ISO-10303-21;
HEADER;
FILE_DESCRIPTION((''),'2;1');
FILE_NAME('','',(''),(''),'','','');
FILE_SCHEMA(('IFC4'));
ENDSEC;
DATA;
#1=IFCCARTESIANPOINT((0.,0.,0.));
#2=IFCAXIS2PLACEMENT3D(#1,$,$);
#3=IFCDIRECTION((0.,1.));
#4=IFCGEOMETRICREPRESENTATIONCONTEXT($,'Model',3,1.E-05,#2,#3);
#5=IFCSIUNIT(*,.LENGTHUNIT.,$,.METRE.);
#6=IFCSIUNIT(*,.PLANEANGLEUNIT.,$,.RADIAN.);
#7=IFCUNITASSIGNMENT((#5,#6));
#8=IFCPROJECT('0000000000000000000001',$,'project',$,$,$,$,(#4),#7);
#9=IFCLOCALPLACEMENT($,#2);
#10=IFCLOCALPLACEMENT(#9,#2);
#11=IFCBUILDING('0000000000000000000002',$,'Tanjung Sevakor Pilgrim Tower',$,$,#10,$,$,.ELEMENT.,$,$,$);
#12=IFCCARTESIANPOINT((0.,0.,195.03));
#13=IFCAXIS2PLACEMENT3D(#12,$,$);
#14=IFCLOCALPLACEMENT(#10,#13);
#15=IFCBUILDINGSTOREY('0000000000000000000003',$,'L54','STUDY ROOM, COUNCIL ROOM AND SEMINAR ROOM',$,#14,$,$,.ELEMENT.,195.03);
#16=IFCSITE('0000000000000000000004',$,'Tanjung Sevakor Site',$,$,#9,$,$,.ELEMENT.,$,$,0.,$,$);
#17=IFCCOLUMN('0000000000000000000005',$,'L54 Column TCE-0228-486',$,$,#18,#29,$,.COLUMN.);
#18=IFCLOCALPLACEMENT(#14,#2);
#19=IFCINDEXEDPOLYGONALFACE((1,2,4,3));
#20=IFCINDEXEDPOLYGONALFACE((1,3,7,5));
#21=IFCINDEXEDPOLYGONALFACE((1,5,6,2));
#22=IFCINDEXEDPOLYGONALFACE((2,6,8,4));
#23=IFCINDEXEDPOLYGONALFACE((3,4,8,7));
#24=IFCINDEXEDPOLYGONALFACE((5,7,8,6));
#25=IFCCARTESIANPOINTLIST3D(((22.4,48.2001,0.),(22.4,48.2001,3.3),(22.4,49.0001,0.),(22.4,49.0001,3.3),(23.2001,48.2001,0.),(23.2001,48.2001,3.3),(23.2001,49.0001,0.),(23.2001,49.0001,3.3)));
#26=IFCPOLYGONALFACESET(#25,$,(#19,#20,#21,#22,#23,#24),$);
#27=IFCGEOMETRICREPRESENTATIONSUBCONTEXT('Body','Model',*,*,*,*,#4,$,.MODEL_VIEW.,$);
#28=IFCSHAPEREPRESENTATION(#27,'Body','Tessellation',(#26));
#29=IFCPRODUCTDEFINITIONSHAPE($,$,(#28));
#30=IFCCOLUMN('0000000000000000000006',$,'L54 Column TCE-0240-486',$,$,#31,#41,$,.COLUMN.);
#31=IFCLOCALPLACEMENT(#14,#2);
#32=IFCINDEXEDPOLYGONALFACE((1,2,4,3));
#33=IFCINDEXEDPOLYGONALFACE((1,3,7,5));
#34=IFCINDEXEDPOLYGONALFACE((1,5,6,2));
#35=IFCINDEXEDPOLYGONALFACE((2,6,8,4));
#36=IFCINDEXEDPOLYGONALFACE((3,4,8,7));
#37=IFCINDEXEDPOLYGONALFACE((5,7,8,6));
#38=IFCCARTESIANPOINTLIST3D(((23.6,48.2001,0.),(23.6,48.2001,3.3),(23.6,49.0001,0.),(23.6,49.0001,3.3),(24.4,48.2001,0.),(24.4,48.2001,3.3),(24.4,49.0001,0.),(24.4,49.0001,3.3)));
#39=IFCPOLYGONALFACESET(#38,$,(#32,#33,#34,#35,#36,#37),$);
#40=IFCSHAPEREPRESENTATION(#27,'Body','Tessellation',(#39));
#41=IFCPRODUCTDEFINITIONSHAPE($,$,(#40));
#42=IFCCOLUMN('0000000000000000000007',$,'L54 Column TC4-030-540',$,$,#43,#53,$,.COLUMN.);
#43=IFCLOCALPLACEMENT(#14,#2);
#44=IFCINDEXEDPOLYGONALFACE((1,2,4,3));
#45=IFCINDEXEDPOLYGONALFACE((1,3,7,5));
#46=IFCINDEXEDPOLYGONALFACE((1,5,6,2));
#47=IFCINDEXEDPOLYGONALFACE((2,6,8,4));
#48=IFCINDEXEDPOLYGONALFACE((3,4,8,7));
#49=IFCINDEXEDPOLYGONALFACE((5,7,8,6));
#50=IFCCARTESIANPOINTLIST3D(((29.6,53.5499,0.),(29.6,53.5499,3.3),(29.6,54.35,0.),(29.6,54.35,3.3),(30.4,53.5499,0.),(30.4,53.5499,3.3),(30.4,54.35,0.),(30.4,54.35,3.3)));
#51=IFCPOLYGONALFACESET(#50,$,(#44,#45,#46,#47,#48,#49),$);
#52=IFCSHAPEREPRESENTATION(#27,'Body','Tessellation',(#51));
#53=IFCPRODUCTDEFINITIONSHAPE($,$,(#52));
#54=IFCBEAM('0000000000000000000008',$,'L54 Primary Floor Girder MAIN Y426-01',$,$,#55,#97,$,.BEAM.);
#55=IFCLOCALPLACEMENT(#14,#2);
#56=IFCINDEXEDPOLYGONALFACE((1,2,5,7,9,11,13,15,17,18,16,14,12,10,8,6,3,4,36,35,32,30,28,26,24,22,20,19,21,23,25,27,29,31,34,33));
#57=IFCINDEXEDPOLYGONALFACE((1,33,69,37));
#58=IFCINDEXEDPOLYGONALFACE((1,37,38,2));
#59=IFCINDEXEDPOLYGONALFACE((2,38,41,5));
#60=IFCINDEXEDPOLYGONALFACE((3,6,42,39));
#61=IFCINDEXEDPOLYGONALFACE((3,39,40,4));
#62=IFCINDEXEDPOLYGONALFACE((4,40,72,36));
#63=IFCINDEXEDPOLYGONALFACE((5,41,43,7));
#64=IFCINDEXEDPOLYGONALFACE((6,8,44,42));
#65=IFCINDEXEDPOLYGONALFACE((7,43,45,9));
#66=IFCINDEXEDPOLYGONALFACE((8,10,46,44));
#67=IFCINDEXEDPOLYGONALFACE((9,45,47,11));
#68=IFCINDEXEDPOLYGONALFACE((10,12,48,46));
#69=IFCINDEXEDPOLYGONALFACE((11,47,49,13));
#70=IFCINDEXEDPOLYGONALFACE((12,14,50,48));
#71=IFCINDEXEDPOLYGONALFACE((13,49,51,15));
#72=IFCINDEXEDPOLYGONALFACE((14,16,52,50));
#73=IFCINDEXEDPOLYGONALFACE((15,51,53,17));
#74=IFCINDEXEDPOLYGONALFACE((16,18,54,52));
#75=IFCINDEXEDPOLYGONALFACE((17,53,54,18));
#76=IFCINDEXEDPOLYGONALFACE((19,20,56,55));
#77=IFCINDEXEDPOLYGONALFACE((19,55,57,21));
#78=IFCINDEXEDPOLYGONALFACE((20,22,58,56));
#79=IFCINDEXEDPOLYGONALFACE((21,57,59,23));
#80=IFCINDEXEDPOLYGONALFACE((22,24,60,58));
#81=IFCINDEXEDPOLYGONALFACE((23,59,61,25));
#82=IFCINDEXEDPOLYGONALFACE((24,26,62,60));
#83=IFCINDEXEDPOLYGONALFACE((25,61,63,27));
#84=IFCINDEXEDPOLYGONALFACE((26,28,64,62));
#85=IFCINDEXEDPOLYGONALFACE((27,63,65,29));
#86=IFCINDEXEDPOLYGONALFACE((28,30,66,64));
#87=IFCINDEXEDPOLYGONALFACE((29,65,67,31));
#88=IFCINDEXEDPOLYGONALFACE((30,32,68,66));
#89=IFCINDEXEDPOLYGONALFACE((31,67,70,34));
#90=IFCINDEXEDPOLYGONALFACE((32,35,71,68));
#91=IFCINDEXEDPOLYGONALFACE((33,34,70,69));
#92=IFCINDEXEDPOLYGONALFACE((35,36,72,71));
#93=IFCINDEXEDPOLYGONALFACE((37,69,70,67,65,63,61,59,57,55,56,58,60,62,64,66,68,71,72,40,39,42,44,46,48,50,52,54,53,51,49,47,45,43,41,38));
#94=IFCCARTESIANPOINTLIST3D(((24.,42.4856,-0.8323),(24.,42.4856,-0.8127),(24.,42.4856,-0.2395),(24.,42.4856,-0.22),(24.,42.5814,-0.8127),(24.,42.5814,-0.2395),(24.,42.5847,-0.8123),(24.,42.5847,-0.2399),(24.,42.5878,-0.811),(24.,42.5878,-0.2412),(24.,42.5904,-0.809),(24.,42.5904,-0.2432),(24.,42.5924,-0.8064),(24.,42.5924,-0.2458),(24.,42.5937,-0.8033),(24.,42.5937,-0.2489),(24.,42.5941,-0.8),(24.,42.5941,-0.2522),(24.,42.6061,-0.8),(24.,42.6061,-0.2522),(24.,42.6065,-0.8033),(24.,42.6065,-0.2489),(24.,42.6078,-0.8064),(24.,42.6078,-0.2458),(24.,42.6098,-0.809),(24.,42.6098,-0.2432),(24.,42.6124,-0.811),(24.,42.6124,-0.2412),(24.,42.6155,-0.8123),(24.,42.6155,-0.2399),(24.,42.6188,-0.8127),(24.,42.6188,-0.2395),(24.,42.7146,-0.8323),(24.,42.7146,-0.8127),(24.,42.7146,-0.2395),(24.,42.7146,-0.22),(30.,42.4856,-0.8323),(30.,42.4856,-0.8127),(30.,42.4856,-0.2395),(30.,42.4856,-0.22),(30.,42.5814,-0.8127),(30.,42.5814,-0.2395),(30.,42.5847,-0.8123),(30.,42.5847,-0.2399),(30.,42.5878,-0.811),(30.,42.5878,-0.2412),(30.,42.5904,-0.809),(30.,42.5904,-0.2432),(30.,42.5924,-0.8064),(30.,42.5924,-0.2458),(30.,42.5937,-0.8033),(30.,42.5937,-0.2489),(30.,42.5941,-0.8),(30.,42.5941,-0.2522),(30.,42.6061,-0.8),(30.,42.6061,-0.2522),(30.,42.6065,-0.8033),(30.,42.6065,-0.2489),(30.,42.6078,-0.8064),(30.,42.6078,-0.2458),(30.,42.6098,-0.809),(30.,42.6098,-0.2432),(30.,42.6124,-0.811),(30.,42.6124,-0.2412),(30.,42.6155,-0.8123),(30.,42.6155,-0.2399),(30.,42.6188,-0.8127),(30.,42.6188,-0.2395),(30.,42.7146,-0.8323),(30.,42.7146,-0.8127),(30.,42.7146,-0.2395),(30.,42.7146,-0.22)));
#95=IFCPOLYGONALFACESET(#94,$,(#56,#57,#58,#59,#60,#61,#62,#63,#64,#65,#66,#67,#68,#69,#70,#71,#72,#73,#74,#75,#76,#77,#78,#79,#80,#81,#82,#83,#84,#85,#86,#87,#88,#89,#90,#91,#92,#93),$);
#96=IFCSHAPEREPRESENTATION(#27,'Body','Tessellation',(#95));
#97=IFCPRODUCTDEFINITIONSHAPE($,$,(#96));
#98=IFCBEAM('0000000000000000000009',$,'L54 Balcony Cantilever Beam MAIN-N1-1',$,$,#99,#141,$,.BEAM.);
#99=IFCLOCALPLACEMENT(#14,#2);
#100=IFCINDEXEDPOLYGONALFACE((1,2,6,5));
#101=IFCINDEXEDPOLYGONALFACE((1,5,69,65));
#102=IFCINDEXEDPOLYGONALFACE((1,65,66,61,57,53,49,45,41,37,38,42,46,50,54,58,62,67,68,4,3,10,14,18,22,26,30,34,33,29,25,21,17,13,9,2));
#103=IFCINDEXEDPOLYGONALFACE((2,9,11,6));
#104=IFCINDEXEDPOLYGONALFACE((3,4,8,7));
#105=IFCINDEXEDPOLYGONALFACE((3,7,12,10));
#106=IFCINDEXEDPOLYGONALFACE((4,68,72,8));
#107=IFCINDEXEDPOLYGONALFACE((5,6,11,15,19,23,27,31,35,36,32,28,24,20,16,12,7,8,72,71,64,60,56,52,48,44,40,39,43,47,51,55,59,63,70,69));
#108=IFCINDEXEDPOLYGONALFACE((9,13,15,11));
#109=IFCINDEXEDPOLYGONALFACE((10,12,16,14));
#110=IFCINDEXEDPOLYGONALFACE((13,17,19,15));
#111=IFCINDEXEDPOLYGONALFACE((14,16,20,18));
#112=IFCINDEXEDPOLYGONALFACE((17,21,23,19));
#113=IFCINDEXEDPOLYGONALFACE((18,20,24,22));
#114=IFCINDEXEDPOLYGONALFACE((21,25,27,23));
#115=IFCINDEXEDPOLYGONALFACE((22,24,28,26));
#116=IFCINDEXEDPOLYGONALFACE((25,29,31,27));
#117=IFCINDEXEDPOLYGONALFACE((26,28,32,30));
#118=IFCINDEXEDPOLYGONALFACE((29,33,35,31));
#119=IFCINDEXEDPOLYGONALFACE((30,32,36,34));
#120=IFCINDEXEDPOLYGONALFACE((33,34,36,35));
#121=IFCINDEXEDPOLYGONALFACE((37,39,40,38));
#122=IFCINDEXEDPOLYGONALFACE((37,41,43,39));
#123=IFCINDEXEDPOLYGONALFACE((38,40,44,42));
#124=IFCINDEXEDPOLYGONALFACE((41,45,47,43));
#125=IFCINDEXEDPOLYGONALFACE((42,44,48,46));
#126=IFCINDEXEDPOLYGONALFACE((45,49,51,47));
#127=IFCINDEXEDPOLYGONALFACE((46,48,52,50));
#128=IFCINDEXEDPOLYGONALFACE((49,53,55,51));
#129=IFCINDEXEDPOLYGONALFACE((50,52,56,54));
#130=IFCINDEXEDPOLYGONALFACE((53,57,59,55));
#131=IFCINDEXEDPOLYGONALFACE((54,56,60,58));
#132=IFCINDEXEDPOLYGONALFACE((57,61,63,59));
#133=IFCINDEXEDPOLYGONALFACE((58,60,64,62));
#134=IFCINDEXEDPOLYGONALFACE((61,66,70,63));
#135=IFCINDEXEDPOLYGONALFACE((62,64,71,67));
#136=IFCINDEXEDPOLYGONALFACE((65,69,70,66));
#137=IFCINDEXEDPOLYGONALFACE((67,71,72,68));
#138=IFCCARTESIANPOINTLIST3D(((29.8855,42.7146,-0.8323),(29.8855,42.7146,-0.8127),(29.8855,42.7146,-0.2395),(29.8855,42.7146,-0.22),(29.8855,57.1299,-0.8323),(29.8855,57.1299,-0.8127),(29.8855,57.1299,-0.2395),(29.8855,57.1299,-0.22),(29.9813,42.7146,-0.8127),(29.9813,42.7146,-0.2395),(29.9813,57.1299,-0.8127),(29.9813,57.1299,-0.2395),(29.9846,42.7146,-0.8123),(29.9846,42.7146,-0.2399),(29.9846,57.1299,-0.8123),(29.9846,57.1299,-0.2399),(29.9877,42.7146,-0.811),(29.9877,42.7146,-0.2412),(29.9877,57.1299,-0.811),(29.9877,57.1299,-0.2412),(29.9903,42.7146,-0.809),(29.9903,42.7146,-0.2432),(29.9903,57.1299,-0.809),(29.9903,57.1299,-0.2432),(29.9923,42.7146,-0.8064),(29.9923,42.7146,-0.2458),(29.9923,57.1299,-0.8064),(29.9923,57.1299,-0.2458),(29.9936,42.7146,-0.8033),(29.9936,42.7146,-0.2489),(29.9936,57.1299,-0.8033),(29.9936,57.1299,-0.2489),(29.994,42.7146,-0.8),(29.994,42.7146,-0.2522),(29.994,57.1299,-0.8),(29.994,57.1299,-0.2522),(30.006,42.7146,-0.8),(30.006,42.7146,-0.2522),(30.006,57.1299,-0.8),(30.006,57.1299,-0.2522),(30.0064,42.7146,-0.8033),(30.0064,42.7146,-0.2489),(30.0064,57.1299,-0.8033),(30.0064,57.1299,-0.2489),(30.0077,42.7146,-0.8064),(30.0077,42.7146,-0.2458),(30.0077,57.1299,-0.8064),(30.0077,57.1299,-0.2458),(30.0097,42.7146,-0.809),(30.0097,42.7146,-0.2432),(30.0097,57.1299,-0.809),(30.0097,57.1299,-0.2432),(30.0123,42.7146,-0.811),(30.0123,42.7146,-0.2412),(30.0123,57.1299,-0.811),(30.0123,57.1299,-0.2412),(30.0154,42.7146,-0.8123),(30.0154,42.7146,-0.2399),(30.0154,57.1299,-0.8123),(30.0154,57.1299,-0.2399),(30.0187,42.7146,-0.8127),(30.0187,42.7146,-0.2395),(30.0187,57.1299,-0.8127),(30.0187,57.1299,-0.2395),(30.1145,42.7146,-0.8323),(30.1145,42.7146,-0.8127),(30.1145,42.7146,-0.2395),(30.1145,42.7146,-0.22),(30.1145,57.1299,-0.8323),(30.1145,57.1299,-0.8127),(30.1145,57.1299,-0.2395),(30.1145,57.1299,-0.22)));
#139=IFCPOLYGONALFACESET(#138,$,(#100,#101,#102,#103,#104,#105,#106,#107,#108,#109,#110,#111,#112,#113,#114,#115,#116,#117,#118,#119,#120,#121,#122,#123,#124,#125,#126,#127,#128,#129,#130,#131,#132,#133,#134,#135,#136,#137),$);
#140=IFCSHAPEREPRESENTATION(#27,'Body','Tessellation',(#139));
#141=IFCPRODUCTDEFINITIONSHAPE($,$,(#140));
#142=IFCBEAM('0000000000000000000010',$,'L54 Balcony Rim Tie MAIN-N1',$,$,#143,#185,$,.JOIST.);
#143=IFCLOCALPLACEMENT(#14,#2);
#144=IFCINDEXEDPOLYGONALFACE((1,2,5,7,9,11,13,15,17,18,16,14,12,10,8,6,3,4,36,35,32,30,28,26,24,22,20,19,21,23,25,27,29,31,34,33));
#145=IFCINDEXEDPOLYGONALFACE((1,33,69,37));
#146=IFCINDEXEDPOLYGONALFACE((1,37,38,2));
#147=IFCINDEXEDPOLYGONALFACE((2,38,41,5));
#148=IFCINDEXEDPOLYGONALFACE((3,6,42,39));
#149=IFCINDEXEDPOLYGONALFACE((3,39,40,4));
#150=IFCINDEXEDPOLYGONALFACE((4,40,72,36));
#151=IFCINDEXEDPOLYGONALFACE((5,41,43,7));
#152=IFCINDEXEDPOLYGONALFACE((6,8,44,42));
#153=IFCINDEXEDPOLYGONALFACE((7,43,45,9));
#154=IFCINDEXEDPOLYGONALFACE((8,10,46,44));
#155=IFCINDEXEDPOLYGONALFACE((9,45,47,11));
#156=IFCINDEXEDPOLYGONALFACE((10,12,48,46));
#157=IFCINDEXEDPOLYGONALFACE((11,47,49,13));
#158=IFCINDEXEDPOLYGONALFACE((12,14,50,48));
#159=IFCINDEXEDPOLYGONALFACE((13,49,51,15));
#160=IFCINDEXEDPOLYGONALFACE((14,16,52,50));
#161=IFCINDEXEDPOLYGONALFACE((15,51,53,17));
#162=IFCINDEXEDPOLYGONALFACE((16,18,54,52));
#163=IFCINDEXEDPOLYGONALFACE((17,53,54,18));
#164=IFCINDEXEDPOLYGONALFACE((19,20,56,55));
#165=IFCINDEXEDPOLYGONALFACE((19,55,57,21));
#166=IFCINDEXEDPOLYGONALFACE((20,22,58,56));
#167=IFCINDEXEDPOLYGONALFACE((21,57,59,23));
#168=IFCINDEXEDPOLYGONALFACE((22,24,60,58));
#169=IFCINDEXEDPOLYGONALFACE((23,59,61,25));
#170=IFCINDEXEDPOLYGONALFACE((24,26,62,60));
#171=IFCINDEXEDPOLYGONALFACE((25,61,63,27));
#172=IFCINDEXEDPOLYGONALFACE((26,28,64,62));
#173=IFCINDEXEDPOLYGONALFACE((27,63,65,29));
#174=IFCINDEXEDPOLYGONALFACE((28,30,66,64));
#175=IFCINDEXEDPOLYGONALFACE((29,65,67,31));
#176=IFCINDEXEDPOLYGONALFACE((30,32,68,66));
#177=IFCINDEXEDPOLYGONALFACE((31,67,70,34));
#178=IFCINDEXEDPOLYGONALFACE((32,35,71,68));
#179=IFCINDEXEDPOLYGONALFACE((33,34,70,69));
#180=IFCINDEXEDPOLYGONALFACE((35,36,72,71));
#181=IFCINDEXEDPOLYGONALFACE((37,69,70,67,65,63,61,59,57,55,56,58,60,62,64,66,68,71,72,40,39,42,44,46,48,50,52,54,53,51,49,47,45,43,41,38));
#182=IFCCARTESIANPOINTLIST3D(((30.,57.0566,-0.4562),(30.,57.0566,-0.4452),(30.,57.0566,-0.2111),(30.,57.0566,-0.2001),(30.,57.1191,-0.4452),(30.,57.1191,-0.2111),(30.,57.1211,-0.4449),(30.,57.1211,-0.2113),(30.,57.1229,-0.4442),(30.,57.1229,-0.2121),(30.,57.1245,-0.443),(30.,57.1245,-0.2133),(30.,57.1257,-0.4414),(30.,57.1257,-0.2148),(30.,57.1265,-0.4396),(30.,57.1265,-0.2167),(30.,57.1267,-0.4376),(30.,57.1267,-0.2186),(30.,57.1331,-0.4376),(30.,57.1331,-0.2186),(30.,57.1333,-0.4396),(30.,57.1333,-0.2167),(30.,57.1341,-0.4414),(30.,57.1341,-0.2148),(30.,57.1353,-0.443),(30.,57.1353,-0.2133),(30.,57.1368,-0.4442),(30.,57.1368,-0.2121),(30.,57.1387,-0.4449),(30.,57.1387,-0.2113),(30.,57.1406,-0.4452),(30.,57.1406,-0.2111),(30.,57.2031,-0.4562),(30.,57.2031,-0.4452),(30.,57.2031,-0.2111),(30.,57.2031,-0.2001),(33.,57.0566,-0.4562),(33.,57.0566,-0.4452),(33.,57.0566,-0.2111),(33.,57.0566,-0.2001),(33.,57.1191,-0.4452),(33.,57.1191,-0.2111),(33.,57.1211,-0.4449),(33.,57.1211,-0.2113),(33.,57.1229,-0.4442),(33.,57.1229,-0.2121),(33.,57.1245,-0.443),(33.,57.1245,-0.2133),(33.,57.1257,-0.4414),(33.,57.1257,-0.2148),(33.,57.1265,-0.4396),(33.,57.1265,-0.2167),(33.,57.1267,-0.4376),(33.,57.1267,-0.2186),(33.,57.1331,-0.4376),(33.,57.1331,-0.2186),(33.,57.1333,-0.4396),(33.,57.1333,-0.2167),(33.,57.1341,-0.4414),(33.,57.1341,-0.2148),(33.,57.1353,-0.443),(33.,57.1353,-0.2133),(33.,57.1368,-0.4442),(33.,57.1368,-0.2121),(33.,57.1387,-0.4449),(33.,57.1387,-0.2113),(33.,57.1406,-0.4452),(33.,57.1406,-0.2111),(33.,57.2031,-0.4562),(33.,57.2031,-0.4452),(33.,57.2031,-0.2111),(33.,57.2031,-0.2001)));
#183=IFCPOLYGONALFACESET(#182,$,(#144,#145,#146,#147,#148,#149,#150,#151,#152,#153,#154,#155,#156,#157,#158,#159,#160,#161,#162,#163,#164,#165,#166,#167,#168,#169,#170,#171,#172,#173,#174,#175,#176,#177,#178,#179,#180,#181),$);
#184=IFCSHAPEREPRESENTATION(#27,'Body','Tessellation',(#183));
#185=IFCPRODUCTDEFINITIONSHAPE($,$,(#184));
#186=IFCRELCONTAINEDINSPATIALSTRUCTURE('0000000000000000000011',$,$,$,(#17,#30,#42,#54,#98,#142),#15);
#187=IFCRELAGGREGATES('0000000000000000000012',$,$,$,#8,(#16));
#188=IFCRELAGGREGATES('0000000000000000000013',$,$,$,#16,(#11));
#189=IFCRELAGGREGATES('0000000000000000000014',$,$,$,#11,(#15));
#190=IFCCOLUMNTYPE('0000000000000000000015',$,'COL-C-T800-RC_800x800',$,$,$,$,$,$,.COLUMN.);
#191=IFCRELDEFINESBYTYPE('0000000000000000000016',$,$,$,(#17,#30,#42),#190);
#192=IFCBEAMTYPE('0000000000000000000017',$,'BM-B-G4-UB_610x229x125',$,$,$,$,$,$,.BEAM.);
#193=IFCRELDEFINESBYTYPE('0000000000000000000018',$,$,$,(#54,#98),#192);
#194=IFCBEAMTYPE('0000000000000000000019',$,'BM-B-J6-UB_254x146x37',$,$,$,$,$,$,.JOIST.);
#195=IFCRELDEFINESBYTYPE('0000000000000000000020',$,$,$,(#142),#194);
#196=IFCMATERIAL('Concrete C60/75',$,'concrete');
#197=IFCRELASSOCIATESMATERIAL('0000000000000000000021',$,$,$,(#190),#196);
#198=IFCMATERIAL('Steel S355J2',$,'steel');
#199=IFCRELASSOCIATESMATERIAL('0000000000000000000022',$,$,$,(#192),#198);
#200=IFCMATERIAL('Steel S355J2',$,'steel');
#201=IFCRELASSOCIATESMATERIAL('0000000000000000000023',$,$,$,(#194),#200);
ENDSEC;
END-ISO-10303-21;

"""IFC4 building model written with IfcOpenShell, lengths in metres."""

from ifc_helpers import new_model, si_unit, direction, frame, origin, origin_2d, place, context, subcontext, project, spatial, rectangle, i_section, extrude, material, material_profile, profile_set, type_object, element, save


model = new_model("IFC4")

# Units and contexts
model_context = context("Model", 3, precision=1e-05, world=origin(), true_north=direction((0.0, 1.0)))
body_context = subcontext(model_context, "Body", "Model", "MODEL_VIEW")
ifc_project = project(units=[si_unit("LENGTHUNIT", "METRE"), si_unit("PLANEANGLEUNIT", "RADIAN")], contexts=[model_context])

# Site, building, storey
site_placement = place(None, origin())
site = spatial("IfcSite", under=ifc_project, at=site_placement, Name="Tanjung Sevakor Site", CompositionType="ELEMENT", RefElevation=0.0)
building_placement = place(site_placement, origin())
building = spatial("IfcBuilding", under=site, at=building_placement, Name="Tanjung Sevakor Pilgrim Tower", CompositionType="ELEMENT")
storey_placement = place(building_placement, frame((0.0, 0.0, 195.03)))
storey = spatial("IfcBuildingStorey", under=building, at=storey_placement, Name="L54", Description="STUDY ROOM, COUNCIL ROOM AND SEMINAR ROOM", CompositionType="ELEMENT", Elevation=195.03)

# Columns
ifc_material_1 = material(Name="Concrete C60/75", Category="concrete")
ifc_material_profile_1 = material_profile(ifc_material_1, rectangle(XDim=0.8, YDim=0.8, at=origin_2d()))
ifc_profile_set_1 = profile_set([ifc_material_profile_1], Name="Concrete C60/75")
column_type = type_object("IfcColumnType", Name="COL-C-T800-RC_800x800", PredefinedType="COLUMN", material=ifc_profile_set_1)
for number, where, z_axis, x_axis, name in (
    (1, (22.8, 48.6001, 0.0), (0.0, 0.0, 1.0), (1.0, 0.0, 0.0), "L54 Column TCE-0228-486"),
    (2, (24.0, 48.6001, 0.0), (0.0, 0.0, 1.0), (1.0, 0.0, 0.0), "L54 Column TCE-0240-486"),
    (3, (30.0, 53.95, 0.0), (0.0, 0.0, 1.0), (1.0, 0.0, 0.0), "L54 Column TC4-030-540"),
):
    element("IfcColumn", number, at=place(storey_placement, frame(where, z_axis=z_axis, x_axis=x_axis)), inside=storey, type_object=column_type, Name=name, PredefinedType="COLUMN", context=body_context, shape_type="SweptSolid", body=[
        extrude(rectangle(XDim=0.8, YDim=0.8, at=origin_2d()), origin(), (0.0, 0.0, 1.0), 3.3),
    ])

# Beams
ifc_material_2 = material(Name="Steel S355J2", Category="steel")
ifc_material_profile_2 = material_profile(ifc_material_2, i_section(OverallWidth=0.229, OverallDepth=0.6123, WebThickness=0.012, FlangeThickness=0.0195, FilletRadius=0.0127, at=origin_2d()))
ifc_profile_set_2 = profile_set([ifc_material_profile_2], Name="Steel S355J2")
beam_type_1 = type_object("IfcBeamType", Name="BM-B-G4-UB_610x229x125", PredefinedType="BEAM", material=ifc_profile_set_2)
beam_1_placement = place(storey_placement, frame((24.0, 42.6001, -0.5261), z_axis=(1.0, 0.0, 0.0), x_axis=(0.0, 1.0, 0.0)))
element("IfcBeam", 4, at=beam_1_placement, inside=storey, type_object=beam_type_1, Name="L54 Primary Floor Girder MAIN Y426-01", PredefinedType="BEAM", context=body_context, shape_type="SweptSolid", body=[
    extrude(i_section(OverallWidth=0.229, OverallDepth=0.6123, WebThickness=0.012, FlangeThickness=0.0195, FilletRadius=0.0127, at=origin_2d()), origin(), (0.0, 0.0, 1.0), 6.0),
])
beam_2_placement = place(storey_placement, frame((30.0, 42.7146, -0.5261), z_axis=(0.0, 1.0, 0.0), x_axis=(-1.0, 0.0, 0.0)))
element("IfcBeam", 5, at=beam_2_placement, inside=storey, type_object=beam_type_1, Name="L54 Balcony Cantilever Beam MAIN-N1-1", PredefinedType="BEAM", context=body_context, shape_type="SweptSolid", body=[
    extrude(i_section(OverallWidth=0.229, OverallDepth=0.6123, WebThickness=0.012, FlangeThickness=0.0195, FilletRadius=0.0127, at=origin_2d()), origin(), (0.0, 0.0, 1.0), 14.4153),
])
ifc_material_3 = material(Name="Steel S355J2", Category="steel")
ifc_material_profile_3 = material_profile(ifc_material_3, i_section(OverallWidth=0.1465, OverallDepth=0.2561, WebThickness=0.0063, FlangeThickness=0.011, FilletRadius=0.0076, at=origin_2d()))
ifc_profile_set_3 = profile_set([ifc_material_profile_3], Name="Steel S355J2")
beam_type_2 = type_object("IfcBeamType", Name="BM-B-J6-UB_254x146x37", PredefinedType="JOIST", material=ifc_profile_set_3)
beam_3_placement = place(storey_placement, frame((30.0, 57.1299, -0.3281), z_axis=(1.0, 0.0, 0.0), x_axis=(0.0, 1.0, 0.0)))
element("IfcBeam", 6, at=beam_3_placement, inside=storey, type_object=beam_type_2, Name="L54 Balcony Rim Tie MAIN-N1", PredefinedType="JOIST", context=body_context, shape_type="SweptSolid", body=[
    extrude(i_section(OverallWidth=0.1465, OverallDepth=0.2561, WebThickness=0.0063, FlangeThickness=0.011, FilletRadius=0.0076, at=origin_2d()), origin(), (0.0, 0.0, 1.0), 3.0),
])

save(model, "model.ifc")
